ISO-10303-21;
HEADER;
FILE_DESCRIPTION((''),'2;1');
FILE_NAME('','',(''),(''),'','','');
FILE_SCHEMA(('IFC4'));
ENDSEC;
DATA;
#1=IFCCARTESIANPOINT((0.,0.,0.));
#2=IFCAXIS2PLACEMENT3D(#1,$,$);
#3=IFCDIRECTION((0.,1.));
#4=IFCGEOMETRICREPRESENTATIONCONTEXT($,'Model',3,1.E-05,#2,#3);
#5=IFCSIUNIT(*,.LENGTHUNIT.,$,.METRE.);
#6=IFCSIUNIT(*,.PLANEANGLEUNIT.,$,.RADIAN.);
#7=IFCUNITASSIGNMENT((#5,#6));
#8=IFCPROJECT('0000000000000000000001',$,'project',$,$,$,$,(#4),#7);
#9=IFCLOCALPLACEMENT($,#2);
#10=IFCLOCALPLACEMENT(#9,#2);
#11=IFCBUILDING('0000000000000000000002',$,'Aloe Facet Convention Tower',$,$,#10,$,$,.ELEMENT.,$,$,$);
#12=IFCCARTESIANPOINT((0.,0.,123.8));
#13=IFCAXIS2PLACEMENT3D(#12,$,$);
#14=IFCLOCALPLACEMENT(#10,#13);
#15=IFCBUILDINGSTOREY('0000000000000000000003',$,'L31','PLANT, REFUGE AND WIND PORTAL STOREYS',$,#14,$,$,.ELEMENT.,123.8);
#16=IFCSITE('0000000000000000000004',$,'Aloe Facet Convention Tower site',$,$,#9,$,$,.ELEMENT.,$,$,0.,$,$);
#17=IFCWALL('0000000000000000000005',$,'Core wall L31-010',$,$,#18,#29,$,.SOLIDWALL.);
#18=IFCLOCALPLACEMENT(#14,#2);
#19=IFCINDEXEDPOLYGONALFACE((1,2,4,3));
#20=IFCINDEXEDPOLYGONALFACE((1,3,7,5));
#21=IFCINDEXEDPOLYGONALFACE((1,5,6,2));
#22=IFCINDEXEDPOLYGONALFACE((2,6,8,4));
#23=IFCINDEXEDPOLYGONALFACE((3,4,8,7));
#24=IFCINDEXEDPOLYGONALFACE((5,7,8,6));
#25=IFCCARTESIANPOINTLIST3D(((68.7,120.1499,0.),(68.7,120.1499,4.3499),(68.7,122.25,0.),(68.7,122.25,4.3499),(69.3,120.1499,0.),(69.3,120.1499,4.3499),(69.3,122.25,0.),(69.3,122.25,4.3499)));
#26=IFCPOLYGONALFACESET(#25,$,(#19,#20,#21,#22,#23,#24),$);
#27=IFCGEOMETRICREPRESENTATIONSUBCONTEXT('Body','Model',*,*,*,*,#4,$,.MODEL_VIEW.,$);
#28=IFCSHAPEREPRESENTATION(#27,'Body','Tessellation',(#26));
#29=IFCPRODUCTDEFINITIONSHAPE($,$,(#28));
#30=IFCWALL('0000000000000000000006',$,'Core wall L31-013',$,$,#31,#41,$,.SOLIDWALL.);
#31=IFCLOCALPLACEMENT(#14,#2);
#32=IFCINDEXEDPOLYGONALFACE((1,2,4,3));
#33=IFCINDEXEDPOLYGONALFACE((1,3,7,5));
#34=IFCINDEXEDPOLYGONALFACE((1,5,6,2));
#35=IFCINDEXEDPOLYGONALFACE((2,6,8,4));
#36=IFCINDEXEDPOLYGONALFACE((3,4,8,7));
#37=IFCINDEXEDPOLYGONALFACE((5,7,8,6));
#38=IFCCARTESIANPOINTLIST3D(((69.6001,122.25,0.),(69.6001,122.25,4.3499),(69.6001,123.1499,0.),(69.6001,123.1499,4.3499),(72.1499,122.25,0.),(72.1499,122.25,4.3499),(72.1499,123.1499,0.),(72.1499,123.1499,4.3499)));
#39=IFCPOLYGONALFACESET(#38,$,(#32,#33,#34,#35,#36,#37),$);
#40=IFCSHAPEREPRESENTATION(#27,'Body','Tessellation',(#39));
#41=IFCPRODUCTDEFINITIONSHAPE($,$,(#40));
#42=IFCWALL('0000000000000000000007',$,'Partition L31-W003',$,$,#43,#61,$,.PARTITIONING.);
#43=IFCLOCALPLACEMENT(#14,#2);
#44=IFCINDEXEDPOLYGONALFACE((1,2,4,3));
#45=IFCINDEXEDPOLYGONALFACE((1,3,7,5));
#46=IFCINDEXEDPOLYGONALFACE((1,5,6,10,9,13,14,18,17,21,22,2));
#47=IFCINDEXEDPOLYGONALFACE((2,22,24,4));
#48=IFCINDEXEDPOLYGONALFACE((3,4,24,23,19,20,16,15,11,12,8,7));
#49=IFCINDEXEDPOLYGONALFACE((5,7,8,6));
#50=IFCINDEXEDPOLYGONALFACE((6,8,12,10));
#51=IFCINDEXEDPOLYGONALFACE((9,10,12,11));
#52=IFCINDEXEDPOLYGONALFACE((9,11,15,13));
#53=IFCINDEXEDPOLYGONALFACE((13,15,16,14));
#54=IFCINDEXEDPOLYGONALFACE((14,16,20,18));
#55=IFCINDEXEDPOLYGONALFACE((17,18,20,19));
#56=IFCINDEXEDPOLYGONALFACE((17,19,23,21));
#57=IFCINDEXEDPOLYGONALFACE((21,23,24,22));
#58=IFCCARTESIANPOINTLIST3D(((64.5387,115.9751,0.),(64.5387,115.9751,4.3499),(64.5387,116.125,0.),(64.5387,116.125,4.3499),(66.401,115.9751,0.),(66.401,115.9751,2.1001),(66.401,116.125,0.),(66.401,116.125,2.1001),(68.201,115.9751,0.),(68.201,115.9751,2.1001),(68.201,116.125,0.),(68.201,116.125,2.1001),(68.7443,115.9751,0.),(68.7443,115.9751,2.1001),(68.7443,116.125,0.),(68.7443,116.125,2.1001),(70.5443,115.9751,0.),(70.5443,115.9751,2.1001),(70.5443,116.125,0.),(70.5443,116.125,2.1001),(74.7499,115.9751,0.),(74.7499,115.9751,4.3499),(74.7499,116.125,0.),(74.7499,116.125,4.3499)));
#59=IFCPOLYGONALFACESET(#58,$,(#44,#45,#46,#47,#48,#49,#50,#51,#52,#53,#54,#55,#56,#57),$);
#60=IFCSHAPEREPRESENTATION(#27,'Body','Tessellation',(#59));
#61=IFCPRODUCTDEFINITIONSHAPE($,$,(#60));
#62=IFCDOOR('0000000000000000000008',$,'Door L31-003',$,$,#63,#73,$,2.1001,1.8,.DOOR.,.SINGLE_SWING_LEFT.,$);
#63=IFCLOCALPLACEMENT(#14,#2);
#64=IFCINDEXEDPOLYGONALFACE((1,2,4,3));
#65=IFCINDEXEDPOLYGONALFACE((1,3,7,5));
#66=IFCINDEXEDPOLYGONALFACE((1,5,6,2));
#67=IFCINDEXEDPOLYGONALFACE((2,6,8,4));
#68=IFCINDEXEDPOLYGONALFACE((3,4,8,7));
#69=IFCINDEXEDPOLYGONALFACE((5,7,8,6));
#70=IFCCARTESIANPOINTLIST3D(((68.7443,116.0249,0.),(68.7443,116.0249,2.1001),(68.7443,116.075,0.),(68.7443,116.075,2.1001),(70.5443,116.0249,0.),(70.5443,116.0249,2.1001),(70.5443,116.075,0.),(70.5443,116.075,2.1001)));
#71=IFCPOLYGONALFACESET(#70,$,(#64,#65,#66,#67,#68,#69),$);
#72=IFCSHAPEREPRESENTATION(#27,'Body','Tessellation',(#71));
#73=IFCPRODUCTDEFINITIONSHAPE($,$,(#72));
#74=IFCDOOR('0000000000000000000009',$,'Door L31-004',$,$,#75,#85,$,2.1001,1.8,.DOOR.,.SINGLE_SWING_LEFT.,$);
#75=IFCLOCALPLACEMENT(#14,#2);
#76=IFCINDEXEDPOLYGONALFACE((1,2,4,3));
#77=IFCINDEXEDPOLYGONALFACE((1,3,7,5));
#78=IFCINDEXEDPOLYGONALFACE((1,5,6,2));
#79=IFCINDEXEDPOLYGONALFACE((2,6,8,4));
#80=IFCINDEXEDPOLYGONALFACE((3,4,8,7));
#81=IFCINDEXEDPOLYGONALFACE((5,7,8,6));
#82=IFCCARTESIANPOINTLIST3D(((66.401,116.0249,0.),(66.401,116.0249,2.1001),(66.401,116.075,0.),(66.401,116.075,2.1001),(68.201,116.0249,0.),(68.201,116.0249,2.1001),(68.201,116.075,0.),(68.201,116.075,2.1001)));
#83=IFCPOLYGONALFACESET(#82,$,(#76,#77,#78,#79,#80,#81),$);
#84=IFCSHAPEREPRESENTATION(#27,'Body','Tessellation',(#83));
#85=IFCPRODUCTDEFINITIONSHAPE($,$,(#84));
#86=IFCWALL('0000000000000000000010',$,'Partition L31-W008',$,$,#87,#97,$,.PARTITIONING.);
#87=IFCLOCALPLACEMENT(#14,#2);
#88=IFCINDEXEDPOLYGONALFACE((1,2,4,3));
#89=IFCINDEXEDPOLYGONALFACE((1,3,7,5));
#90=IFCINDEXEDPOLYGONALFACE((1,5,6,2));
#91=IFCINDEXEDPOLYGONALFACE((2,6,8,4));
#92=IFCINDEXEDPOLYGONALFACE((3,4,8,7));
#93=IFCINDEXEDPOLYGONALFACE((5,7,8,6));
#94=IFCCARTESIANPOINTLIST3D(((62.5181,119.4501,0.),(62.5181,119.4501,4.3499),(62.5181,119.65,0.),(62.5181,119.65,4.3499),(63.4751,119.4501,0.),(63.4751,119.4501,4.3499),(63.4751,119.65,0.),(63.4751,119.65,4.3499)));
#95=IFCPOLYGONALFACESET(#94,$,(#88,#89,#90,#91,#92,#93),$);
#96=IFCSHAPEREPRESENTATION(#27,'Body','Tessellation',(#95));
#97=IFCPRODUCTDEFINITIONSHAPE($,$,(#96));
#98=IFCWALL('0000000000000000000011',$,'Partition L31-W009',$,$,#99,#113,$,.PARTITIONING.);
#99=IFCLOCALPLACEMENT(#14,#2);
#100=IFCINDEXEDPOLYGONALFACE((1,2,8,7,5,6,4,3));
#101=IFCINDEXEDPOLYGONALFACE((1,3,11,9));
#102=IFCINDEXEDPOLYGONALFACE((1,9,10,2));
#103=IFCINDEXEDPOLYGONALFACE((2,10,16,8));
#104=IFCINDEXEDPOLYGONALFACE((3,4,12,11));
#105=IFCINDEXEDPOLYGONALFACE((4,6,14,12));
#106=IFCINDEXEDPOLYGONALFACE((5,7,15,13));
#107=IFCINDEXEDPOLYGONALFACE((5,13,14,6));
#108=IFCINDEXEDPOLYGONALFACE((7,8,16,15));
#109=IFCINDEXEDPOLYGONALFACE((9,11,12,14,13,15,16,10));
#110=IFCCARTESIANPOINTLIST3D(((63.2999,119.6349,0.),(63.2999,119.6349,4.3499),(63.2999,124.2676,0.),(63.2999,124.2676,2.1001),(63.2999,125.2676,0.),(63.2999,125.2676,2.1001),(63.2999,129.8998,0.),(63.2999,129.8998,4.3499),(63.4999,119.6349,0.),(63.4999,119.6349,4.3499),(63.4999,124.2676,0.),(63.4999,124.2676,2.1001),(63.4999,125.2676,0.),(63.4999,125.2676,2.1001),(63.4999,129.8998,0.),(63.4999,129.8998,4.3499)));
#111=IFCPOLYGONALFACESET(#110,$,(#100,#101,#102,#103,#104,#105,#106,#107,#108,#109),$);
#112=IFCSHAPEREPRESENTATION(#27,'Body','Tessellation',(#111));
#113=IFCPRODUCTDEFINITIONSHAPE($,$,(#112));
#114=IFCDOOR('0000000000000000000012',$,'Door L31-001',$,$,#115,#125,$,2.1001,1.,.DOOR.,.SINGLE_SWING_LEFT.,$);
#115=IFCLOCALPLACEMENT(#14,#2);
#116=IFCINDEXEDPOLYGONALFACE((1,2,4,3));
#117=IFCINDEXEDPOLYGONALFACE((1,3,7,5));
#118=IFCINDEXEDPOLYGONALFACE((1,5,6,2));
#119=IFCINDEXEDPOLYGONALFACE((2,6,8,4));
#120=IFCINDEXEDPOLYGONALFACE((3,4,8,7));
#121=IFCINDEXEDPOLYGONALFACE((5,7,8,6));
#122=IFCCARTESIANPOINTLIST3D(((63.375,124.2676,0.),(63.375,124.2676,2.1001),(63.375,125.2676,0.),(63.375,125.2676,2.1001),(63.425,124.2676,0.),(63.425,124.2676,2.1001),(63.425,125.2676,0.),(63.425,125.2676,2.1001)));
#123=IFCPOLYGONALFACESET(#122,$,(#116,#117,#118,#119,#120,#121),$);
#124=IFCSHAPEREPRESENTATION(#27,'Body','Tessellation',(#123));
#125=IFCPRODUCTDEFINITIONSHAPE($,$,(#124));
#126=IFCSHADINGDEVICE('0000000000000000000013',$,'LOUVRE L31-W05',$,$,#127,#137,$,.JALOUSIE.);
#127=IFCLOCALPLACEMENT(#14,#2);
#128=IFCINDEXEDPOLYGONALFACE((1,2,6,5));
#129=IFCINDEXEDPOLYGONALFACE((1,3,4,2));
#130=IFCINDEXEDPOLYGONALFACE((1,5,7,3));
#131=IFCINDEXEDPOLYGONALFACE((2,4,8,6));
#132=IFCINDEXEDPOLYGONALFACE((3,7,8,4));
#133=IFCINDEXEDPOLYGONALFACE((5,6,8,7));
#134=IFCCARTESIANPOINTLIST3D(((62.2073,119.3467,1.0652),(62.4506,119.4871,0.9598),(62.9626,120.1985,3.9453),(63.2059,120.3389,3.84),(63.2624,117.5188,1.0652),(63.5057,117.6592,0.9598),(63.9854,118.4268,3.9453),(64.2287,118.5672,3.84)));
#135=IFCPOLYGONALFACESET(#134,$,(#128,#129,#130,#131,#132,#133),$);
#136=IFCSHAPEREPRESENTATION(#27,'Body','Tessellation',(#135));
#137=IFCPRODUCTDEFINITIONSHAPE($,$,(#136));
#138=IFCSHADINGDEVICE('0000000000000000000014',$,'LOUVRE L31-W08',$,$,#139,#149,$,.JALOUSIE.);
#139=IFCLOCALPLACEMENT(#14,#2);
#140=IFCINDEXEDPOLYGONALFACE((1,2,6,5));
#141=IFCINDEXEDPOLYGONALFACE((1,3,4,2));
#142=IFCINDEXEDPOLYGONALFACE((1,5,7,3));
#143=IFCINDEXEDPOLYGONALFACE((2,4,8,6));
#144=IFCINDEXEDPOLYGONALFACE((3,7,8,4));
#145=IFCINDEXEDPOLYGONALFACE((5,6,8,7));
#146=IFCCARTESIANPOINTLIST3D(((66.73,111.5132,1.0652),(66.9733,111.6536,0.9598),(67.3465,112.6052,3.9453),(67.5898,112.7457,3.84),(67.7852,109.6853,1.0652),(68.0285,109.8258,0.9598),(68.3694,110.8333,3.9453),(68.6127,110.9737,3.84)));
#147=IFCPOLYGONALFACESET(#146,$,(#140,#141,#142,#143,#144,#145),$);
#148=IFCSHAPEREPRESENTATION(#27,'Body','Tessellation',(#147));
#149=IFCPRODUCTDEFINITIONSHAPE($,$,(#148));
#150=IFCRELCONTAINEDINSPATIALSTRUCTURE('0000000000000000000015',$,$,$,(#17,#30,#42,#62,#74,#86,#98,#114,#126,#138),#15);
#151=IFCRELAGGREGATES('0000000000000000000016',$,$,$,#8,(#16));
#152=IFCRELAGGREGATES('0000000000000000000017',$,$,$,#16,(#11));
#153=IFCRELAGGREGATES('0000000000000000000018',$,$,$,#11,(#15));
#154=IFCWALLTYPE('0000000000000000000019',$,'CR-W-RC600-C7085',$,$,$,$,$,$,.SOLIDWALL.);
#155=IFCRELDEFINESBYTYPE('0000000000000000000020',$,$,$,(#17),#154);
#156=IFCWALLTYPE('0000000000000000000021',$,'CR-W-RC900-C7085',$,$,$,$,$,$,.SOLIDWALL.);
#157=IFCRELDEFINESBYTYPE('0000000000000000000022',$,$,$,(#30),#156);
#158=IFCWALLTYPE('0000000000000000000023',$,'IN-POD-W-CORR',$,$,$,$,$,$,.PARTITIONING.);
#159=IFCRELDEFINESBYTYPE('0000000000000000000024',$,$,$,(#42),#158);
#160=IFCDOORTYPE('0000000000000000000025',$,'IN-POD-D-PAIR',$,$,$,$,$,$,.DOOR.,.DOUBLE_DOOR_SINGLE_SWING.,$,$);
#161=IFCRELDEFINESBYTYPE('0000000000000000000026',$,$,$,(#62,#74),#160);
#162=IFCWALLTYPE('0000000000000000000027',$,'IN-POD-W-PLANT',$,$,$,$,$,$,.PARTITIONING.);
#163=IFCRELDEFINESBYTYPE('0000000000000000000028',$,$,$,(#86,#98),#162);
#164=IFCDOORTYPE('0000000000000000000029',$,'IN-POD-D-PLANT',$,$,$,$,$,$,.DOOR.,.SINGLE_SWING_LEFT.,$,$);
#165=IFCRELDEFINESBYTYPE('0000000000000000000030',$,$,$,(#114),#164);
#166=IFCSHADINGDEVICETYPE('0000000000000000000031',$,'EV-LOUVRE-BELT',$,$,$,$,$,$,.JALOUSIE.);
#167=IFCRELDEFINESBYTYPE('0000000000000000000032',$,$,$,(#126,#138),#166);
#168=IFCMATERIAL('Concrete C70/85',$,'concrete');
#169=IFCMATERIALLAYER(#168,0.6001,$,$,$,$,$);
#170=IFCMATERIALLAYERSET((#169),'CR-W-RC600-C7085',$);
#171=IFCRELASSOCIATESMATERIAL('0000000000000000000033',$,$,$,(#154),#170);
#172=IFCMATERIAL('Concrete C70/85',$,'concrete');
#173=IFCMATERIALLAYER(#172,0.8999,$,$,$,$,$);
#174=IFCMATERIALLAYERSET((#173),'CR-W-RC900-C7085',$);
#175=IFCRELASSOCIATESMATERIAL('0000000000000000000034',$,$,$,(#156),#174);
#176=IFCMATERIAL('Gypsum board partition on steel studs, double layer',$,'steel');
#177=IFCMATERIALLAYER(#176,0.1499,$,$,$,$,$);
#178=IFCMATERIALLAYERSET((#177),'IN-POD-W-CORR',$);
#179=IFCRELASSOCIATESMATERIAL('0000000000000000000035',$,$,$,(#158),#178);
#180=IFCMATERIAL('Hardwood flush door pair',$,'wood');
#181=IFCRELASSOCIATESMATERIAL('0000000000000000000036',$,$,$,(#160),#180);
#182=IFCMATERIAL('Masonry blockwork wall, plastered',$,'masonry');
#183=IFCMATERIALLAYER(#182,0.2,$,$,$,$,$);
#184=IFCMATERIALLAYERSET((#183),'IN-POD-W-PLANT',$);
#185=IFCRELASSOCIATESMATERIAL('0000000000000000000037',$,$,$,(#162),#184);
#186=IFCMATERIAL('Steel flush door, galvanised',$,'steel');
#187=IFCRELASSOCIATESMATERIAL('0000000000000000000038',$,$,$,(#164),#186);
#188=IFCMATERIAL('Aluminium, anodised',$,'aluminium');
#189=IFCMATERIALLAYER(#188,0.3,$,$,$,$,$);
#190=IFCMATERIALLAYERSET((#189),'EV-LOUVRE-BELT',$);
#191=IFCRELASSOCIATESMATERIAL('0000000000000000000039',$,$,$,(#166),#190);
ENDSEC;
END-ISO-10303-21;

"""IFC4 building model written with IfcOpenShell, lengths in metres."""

from ifc_helpers import new_model, si_unit, direction, frame, frame_2d, origin, place, context, subcontext, project, spatial, polyline, rectangle, outline, extrude, material, layer, layer_set, type_object, element, fill, save


model = new_model("IFC4")

# Units and contexts
model_context = context("Model", 3, precision=1e-05, world=origin(), true_north=direction((0.0, 1.0)))
body_context = subcontext(model_context, "Body", "Model", "MODEL_VIEW")
ifc_project = project(units=[si_unit("LENGTHUNIT", "METRE"), si_unit("PLANEANGLEUNIT", "RADIAN")], contexts=[model_context])

# Site, building, storey
site_placement = place(None, origin())
site = spatial("IfcSite", under=ifc_project, at=site_placement, Name="Aloe Facet Convention Tower site", CompositionType="ELEMENT", RefElevation=0.0)
building_placement = place(site_placement, origin())
building = spatial("IfcBuilding", under=site, at=building_placement, Name="Aloe Facet Convention Tower", CompositionType="ELEMENT")
storey_placement = place(building_placement, frame((0.0, 0.0, 123.8)))
storey = spatial("IfcBuildingStorey", under=building, at=storey_placement, Name="L31", Description="PLANT, REFUGE AND WIND PORTAL STOREYS", CompositionType="ELEMENT", Elevation=123.8)

# Shared definitions
ifc_material_1 = material(Name="Concrete C70/85", Category="concrete")
ifc_layer_1 = layer(ifc_material_1, 0.6001)
ifc_layer_set_1 = layer_set([ifc_layer_1], Name="CR-W-RC600-C7085")
wall_type_1 = type_object("IfcWallType", Name="CR-W-RC600-C7085", PredefinedType="SOLIDWALL", material=ifc_layer_set_1)

# Walls
wall_1_placement = place(storey_placement, frame((69.0, 122.25, 0.0), z_axis=(0.0, 0.0, 1.0), x_axis=(0.0, -1.0, 0.0)))
element("IfcWall", 1, at=wall_1_placement, inside=storey, type_object=wall_type_1, Name="Core wall L31-010", PredefinedType="SOLIDWALL", context=body_context, shape_type="SweptSolid", body=[
    extrude(rectangle(XDim=2.1001, YDim=0.6001, at=frame_2d((1.05, 0.0))), origin(), (0.0, 0.0, 1.0), 4.3499),
])
ifc_material_2 = material(Name="Concrete C70/85", Category="concrete")
ifc_layer_2 = layer(ifc_material_2, 0.8999)
ifc_layer_set_2 = layer_set([ifc_layer_2], Name="CR-W-RC900-C7085")
wall_type_2 = type_object("IfcWallType", Name="CR-W-RC900-C7085", PredefinedType="SOLIDWALL", material=ifc_layer_set_2)
wall_2_placement = place(storey_placement, frame((69.6001, 122.7, 0.0), z_axis=(0.0, 0.0, 1.0), x_axis=(1.0, 0.0, 0.0)))
element("IfcWall", 2, at=wall_2_placement, inside=storey, type_object=wall_type_2, Name="Core wall L31-013", PredefinedType="SOLIDWALL", context=body_context, shape_type="SweptSolid", body=[
    extrude(rectangle(XDim=2.5498, YDim=0.8999, at=frame_2d((1.2749, 0.0))), origin(), (0.0, 0.0, 1.0), 4.3499),
])

# Wall, openings, doors
ifc_material_3 = material(Name="Gypsum board partition on steel studs, double layer", Category="steel")
ifc_layer_3 = layer(ifc_material_3, 0.1499)
ifc_layer_set_3 = layer_set([ifc_layer_3], Name="IN-POD-W-CORR")
wall_type_3 = type_object("IfcWallType", Name="IN-POD-W-CORR", PredefinedType="PARTITIONING", material=ifc_layer_set_3)
wall_3_placement = place(storey_placement, frame((64.5388, 116.05, 0.0), z_axis=(0.0, 0.0, 1.0), x_axis=(1.0, 0.0, 0.0)))
wall_3 = element("IfcWall", 3, at=wall_3_placement, inside=storey, type_object=wall_type_3, Name="Partition L31-W003", PredefinedType="PARTITIONING", context=body_context, shape_type="SweptSolid", body=[
    extrude(rectangle(XDim=10.2112, YDim=0.1499, at=frame_2d((5.1055, 0.0))), origin(), (0.0, 0.0, 1.0), 4.3499),
])
opening_1_placement = place(wall_3_placement, frame((4.2056, 0.0, 0.0)))
opening_1 = element("IfcOpeningElement", 4, at=opening_1_placement, cuts=wall_3, PredefinedType="OPENING", context=body_context, shape_type="SweptSolid", body=[
    extrude(rectangle(XDim=1.8, YDim=2.1001, at=frame_2d((0.8999, 1.05))), frame((0.0, 0.085, 0.0), z_axis=(0.0, -1.0, 0.0), x_axis=(1.0, 0.0, 0.0)), (0.0, 0.0, 1.0), 0.1699),
])
opening_2_placement = place(wall_3_placement, frame((1.8623, 0.0, 0.0)))
opening_2 = element("IfcOpeningElement", 5, at=opening_2_placement, cuts=wall_3, PredefinedType="OPENING", context=body_context, shape_type="SweptSolid", body=[
    extrude(rectangle(XDim=1.8, YDim=2.1001, at=frame_2d((0.8999, 1.05))), frame((0.0, 0.085, 0.0), z_axis=(0.0, -1.0, 0.0), x_axis=(1.0, 0.0, 0.0)), (0.0, 0.0, 1.0), 0.1699),
])
ifc_material_4 = material(Name="Hardwood flush door pair", Category="wood")
door_type_1 = type_object("IfcDoorType", Name="IN-POD-D-PAIR", OperationType="DOUBLE_DOOR_SINGLE_SWING", PredefinedType="DOOR", material=ifc_material_4)
door_1_placement = place(opening_1_placement, origin())
door_1 = element("IfcDoor", 6, at=door_1_placement, inside=storey, type_object=door_type_1, Name="Door L31-003", OperationType="SINGLE_SWING_LEFT", OverallHeight=2.1001, OverallWidth=1.8, PredefinedType="DOOR", context=body_context, shape_type="SweptSolid", body=[
    extrude(rectangle(XDim=1.8, YDim=2.1001, at=frame_2d((0.8999, 1.05))), frame((0.0, 0.0249, 0.0), z_axis=(0.0, -1.0, 0.0), x_axis=(1.0, 0.0, 0.0)), (0.0, 0.0, 1.0), 0.05),
])
fill(opening_1, door_1)
door_2_placement = place(opening_2_placement, origin())
door_2 = element("IfcDoor", 7, at=door_2_placement, inside=storey, type_object=door_type_1, Name="Door L31-004", OperationType="SINGLE_SWING_LEFT", OverallHeight=2.1001, OverallWidth=1.8, PredefinedType="DOOR", context=body_context, shape_type="SweptSolid", body=[
    extrude(rectangle(XDim=1.8, YDim=2.1001, at=frame_2d((0.8999, 1.05))), frame((0.0, 0.0249, 0.0), z_axis=(0.0, -1.0, 0.0), x_axis=(1.0, 0.0, 0.0)), (0.0, 0.0, 1.0), 0.05),
])
fill(opening_2, door_2)

# Wall
ifc_material_5 = material(Name="Masonry blockwork wall, plastered", Category="masonry")
ifc_layer_4 = layer(ifc_material_5, 0.2)
ifc_layer_set_4 = layer_set([ifc_layer_4], Name="IN-POD-W-PLANT")
wall_type_4 = type_object("IfcWallType", Name="IN-POD-W-PLANT", PredefinedType="PARTITIONING", material=ifc_layer_set_4)
wall_4_placement = place(storey_placement, frame((62.5181, 119.55, 0.0), z_axis=(0.0, 0.0, 1.0), x_axis=(1.0, 0.0, 0.0)))
element("IfcWall", 8, at=wall_4_placement, inside=storey, type_object=wall_type_4, Name="Partition L31-W008", PredefinedType="PARTITIONING", context=body_context, shape_type="SweptSolid", body=[
    extrude(rectangle(XDim=0.957, YDim=0.2, at=frame_2d((0.4785, 0.0))), origin(), (0.0, 0.0, 1.0), 4.3499),
])

# Wall, opening, door
wall_5_placement = place(storey_placement, frame((63.3999, 119.635, 0.0), z_axis=(0.0, 0.0, 1.0), x_axis=(0.0, 1.0, 0.0)))
wall_5 = element("IfcWall", 9, at=wall_5_placement, inside=storey, type_object=wall_type_4, Name="Partition L31-W009", PredefinedType="PARTITIONING", context=body_context, shape_type="SweptSolid", body=[
    extrude(rectangle(XDim=10.2649, YDim=0.2, at=frame_2d((5.1323, 0.0))), origin(), (0.0, 0.0, 1.0), 4.3499),
])
opening_3_placement = place(wall_5_placement, frame((4.6326, 0.0, 0.0)))
opening_3 = element("IfcOpeningElement", 10, at=opening_3_placement, cuts=wall_5, PredefinedType="OPENING", context=body_context, shape_type="SweptSolid", body=[
    extrude(rectangle(XDim=1.0, YDim=2.1001, at=frame_2d((0.5, 1.05))), frame((0.0, 0.1099, 0.0), z_axis=(0.0, -1.0, 0.0), x_axis=(1.0, 0.0, 0.0)), (0.0, 0.0, 1.0), 0.22),
])
ifc_material_6 = material(Name="Steel flush door, galvanised", Category="steel")
door_type_2 = type_object("IfcDoorType", Name="IN-POD-D-PLANT", OperationType="SINGLE_SWING_LEFT", PredefinedType="DOOR", material=ifc_material_6)
door_3_placement = place(opening_3_placement, origin())
door_3 = element("IfcDoor", 11, at=door_3_placement, inside=storey, type_object=door_type_2, Name="Door L31-001", OperationType="SINGLE_SWING_LEFT", OverallHeight=2.1001, OverallWidth=1.0, PredefinedType="DOOR", context=body_context, shape_type="SweptSolid", body=[
    extrude(rectangle(XDim=1.0, YDim=2.1001, at=frame_2d((0.5, 1.05))), frame((0.0, 0.0249, 0.0), z_axis=(0.0, -1.0, 0.0), x_axis=(1.0, 0.0, 0.0)), (0.0, 0.0, 1.0), 0.05),
])
fill(opening_3, door_3)

# Shading devices
ifc_material_7 = material(Name="Aluminium, anodised", Category="aluminium")
ifc_layer_5 = layer(ifc_material_7, 0.3)
ifc_layer_set_5 = layer_set([ifc_layer_5], Name="EV-LOUVRE-BELT")
shading_device_type = type_object("IfcShadingDeviceType", Name="EV-LOUVRE-BELT", PredefinedType="JALOUSIE", material=ifc_layer_set_5)
shading_device_1_placement = place(storey_placement, frame((62.2073, 119.3467, 1.0652), z_axis=(-0.810922, -0.468106, 0.351116), x_axis=(0.499937, -0.866062, 0.000004)))
element("IfcShadingDevice", 12, at=shading_device_1_placement, inside=storey, type_object=shading_device_type, Name="LOUVRE L31-W05", PredefinedType="JALOUSIE", context=body_context, shape_type="SweptSolid", body=[
    extrude(outline(polyline([(0.0, 0.0), (2.1106, 0.0), (1.6856, 3.076), (-0.3601, 3.076), (0.0, 0.0)])), origin(), (0.0, 0.0, -1.0), 0.3),
])
shading_device_2_placement = place(storey_placement, frame((66.73, 111.5132, 1.0652), z_axis=(-0.810925, -0.468131, 0.351074), x_axis=(0.499954, -0.866052, -0.000003)))
element("IfcShadingDevice", 13, at=shading_device_2_placement, inside=storey, type_object=shading_device_type, Name="LOUVRE L31-W08", PredefinedType="JALOUSIE", context=body_context, shape_type="SweptSolid", body=[
    extrude(outline(polyline([(0.0, 0.0), (2.1106, 0.0), (1.4085, 3.0759), (-0.6376, 3.0759), (0.0, 0.0)])), origin(), (0.0, 0.0, -1.0), 0.3),
])

save(model, "model.ifc")
